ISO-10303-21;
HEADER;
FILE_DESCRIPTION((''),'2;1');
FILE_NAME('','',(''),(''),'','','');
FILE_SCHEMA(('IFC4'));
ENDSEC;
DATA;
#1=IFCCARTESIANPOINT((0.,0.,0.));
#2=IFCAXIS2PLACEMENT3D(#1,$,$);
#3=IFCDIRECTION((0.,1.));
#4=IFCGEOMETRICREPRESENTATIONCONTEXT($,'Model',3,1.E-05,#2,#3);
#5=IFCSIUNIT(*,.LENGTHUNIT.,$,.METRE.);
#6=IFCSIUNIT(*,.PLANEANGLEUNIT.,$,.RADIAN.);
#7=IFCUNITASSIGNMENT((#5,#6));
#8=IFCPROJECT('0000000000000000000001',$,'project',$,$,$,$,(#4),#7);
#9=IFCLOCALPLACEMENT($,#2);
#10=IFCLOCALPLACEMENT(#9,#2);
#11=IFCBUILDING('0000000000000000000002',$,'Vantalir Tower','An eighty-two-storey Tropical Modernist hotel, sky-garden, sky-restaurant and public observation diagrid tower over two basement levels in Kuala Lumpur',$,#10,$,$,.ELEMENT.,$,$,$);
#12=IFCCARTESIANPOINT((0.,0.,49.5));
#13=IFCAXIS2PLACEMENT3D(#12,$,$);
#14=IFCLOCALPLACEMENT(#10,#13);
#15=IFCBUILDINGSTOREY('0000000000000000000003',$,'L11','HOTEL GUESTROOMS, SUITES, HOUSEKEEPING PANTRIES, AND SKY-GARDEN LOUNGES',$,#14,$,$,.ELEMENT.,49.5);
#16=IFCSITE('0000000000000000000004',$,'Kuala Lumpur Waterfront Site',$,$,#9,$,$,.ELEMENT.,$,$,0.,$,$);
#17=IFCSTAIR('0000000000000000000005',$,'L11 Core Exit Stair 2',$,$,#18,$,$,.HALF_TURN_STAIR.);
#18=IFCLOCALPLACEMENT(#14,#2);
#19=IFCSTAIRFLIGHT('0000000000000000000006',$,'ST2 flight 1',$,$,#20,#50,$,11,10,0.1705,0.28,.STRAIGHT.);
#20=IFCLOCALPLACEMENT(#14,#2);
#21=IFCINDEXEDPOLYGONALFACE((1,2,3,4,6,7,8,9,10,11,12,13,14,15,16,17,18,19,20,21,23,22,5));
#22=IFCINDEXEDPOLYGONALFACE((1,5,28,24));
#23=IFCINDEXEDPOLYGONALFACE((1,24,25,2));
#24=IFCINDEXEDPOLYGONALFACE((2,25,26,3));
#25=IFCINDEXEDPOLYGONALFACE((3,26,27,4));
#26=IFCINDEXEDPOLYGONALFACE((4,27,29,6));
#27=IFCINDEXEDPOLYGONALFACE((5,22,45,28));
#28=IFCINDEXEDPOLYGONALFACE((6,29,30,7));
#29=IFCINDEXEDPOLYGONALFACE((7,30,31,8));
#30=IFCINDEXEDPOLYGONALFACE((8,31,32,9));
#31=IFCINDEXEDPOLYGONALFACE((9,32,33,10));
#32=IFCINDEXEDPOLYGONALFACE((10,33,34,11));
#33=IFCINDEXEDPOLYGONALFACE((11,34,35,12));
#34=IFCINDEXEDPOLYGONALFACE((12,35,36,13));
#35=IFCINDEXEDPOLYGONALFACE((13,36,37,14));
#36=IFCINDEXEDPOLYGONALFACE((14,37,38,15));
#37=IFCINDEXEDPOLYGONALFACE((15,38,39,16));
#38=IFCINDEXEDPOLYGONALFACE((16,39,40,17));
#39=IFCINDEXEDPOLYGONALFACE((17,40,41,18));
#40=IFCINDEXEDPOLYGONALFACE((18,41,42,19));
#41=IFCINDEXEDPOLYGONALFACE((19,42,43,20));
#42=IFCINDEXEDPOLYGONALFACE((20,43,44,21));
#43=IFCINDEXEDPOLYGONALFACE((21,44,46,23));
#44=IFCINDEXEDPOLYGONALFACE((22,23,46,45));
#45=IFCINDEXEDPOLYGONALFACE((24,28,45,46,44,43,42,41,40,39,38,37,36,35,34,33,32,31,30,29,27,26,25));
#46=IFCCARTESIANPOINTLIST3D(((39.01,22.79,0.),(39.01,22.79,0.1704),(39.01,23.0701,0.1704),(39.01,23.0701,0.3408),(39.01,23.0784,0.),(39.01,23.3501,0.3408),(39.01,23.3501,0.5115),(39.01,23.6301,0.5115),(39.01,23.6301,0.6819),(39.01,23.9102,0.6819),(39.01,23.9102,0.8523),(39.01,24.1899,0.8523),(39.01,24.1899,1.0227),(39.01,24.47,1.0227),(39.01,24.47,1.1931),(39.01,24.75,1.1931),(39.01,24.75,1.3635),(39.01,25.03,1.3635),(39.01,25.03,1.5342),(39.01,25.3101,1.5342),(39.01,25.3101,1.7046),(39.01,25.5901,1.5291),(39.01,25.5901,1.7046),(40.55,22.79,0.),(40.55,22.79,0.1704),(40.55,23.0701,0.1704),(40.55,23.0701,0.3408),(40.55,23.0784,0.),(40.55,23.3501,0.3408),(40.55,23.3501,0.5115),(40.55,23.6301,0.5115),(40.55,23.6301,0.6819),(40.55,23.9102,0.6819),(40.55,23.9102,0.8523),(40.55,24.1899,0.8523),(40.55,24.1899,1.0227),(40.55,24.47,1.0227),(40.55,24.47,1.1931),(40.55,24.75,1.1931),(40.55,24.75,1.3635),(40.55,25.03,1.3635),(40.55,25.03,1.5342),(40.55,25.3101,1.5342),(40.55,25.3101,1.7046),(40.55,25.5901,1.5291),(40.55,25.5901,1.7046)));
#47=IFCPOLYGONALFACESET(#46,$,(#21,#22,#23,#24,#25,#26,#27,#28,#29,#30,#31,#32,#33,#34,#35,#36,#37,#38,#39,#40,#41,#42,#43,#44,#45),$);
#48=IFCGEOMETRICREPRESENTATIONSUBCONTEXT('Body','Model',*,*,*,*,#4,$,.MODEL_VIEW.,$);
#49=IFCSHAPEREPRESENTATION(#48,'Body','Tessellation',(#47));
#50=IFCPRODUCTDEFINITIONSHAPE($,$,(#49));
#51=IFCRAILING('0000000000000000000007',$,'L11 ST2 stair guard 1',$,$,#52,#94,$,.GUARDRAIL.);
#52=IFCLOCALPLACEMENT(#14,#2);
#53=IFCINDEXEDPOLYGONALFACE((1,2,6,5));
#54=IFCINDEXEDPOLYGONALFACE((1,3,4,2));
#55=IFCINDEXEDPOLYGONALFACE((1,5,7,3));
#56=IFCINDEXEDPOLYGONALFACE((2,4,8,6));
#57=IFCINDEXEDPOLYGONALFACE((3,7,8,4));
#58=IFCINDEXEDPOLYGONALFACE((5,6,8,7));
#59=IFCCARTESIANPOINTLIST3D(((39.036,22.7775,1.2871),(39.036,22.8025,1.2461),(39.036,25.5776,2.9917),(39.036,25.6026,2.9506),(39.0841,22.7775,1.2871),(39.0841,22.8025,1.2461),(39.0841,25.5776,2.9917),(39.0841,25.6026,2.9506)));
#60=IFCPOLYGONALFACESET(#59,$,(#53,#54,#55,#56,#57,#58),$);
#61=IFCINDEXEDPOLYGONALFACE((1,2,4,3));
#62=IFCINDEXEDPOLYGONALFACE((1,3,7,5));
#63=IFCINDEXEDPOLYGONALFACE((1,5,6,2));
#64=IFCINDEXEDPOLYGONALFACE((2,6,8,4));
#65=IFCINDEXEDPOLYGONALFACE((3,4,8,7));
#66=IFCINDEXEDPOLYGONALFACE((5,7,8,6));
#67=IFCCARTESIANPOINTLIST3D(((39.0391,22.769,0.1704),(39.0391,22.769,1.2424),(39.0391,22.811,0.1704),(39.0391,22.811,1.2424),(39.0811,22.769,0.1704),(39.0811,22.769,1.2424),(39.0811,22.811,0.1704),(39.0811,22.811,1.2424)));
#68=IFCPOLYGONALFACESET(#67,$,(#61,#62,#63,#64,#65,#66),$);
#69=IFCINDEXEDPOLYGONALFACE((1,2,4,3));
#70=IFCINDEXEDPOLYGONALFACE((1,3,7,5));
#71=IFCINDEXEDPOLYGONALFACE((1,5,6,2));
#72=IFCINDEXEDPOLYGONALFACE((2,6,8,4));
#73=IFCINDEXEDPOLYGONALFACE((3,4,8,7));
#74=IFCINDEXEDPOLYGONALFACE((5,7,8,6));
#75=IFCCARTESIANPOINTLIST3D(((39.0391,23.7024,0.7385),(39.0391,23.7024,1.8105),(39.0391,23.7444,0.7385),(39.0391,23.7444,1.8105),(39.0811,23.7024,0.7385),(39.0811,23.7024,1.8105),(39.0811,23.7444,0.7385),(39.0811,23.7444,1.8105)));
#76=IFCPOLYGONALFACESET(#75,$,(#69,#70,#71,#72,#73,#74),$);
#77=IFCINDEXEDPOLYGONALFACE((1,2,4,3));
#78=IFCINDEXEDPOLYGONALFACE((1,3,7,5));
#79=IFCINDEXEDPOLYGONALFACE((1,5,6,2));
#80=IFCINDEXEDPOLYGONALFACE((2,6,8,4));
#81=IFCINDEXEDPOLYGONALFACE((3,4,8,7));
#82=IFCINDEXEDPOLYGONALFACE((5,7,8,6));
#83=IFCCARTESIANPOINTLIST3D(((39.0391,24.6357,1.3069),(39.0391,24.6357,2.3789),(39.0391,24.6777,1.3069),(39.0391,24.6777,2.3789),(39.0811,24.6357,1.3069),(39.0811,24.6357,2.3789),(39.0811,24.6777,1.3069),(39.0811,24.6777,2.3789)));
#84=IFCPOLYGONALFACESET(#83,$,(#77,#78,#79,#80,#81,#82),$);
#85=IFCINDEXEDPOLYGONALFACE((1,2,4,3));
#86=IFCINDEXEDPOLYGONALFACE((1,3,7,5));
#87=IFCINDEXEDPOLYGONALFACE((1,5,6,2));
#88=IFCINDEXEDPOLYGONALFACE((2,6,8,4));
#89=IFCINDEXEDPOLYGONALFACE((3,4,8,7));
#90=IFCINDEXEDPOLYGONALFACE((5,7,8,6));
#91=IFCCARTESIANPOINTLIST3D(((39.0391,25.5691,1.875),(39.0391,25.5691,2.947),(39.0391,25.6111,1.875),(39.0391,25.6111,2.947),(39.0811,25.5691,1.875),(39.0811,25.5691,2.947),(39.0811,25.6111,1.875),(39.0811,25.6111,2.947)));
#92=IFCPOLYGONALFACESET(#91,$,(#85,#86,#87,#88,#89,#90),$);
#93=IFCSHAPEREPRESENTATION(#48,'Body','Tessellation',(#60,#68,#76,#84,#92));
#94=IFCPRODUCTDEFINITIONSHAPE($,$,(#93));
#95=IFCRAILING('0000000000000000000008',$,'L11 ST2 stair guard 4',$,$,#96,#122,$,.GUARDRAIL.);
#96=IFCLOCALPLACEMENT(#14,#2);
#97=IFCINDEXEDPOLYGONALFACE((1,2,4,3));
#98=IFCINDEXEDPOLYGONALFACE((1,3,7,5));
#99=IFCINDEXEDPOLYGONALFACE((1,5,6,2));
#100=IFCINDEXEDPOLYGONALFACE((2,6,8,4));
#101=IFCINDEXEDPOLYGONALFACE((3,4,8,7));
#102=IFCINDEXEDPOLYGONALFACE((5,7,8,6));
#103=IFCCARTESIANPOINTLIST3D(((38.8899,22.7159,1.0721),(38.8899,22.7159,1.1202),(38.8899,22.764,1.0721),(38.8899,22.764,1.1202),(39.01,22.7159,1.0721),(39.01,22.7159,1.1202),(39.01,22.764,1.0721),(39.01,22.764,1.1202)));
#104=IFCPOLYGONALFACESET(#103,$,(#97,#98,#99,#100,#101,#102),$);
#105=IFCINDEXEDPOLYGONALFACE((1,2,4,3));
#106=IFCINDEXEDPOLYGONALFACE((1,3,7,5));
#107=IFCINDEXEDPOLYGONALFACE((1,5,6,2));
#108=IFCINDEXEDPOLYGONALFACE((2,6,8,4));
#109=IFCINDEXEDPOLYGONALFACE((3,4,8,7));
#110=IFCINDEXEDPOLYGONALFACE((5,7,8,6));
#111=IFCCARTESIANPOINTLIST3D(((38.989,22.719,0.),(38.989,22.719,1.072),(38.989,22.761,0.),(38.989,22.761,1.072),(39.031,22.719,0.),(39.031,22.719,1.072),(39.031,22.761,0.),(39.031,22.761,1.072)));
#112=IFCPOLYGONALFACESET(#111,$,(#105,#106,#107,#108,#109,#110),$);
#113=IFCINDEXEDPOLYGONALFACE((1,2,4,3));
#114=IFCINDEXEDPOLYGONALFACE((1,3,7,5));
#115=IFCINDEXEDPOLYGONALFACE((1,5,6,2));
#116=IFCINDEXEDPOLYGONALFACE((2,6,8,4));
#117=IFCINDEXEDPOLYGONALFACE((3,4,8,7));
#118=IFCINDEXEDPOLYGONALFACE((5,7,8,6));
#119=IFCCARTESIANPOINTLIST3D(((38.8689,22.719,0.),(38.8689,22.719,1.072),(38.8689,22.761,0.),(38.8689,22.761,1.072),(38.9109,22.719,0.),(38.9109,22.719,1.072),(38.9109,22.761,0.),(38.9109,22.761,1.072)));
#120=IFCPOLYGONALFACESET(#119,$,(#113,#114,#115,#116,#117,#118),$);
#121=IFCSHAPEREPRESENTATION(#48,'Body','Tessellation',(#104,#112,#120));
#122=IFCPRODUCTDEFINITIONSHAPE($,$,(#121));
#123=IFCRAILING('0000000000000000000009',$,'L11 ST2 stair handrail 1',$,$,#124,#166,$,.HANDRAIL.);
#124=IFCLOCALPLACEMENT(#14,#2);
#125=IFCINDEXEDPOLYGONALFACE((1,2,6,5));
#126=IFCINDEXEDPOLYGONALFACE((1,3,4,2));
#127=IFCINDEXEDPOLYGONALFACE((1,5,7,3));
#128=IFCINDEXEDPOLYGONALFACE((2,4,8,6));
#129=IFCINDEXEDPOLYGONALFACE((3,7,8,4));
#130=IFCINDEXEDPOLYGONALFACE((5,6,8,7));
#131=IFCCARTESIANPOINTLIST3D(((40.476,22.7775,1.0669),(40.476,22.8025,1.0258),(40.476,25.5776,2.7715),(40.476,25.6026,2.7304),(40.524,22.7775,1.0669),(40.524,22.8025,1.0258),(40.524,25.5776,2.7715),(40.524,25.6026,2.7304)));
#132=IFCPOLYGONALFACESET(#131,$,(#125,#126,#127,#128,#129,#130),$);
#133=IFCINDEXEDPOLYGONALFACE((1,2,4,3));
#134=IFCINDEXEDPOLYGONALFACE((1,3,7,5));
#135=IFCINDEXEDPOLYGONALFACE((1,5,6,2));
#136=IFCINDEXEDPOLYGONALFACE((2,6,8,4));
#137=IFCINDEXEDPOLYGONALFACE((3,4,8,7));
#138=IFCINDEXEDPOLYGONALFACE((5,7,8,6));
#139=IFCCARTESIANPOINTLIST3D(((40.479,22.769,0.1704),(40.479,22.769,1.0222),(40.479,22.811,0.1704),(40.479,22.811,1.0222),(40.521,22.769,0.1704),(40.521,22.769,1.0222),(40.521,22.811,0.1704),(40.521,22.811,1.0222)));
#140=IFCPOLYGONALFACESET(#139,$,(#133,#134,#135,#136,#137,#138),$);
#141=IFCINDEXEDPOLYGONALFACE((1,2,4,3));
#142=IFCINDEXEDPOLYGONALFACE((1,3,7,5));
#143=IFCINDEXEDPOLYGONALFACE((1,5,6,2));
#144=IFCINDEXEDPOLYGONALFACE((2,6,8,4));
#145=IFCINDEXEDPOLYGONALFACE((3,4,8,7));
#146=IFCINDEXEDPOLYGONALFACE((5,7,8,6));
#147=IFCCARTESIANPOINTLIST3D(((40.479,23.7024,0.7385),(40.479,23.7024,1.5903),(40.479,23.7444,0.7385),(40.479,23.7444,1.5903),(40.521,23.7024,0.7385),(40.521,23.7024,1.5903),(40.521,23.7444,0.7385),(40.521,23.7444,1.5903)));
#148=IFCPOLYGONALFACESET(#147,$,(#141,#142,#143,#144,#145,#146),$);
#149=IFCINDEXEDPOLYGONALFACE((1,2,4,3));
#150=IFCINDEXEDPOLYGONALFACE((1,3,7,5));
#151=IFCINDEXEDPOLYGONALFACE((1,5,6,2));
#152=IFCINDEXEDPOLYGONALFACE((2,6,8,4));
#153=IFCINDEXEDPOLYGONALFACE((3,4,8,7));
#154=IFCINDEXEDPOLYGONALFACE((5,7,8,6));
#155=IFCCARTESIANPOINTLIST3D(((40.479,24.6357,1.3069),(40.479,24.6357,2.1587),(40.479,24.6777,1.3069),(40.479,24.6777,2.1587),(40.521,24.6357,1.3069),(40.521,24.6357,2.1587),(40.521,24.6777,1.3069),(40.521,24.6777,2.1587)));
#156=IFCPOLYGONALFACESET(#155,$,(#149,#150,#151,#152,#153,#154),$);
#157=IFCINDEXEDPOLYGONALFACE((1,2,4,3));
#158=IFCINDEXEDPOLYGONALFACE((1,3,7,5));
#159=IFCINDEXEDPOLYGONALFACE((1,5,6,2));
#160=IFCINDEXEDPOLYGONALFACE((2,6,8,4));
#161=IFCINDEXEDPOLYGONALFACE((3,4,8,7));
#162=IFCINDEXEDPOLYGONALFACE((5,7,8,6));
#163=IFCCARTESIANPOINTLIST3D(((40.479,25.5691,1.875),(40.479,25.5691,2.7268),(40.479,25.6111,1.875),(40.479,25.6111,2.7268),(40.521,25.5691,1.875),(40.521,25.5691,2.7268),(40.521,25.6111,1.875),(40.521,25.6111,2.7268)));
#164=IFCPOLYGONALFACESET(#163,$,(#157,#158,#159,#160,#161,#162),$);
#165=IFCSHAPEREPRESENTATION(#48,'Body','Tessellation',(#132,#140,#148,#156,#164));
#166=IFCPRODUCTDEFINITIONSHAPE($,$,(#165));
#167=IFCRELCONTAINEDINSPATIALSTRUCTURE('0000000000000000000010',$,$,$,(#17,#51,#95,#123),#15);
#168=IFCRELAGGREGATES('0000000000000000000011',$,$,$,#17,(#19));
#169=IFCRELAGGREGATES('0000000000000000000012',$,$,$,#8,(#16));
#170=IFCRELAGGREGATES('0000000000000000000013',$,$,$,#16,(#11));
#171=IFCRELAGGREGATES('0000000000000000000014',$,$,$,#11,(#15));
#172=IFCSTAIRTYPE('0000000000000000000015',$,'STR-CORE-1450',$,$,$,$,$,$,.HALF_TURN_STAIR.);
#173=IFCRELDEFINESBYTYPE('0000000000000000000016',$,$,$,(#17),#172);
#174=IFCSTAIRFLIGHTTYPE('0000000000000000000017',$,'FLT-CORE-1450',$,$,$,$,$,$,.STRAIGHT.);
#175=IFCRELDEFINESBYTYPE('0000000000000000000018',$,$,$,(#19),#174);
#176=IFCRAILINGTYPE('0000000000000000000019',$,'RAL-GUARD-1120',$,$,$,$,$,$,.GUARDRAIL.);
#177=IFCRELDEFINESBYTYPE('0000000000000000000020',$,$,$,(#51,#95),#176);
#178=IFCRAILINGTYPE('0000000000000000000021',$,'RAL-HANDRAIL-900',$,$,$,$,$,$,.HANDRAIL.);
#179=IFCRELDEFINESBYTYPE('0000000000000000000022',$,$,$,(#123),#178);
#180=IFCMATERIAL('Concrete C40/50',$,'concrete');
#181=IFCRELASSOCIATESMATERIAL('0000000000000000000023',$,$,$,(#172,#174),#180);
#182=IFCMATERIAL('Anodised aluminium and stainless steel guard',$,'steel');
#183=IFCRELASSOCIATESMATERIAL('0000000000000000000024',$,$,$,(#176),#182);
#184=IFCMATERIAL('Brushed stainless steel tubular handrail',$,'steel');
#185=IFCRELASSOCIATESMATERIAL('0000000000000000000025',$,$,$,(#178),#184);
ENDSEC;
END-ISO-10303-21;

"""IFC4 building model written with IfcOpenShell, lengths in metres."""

from ifc_helpers import new_model, si_unit, direction, frame, origin, origin_2d, place, context, subcontext, project, spatial, polyline, rectangle, outline, extrude, material, type_object, element, aggregate, save


model = new_model("IFC4")

# Units and contexts
model_context = context("Model", 3, precision=1e-05, world=origin(), true_north=direction((0.0, 1.0)))
body_context = subcontext(model_context, "Body", "Model", "MODEL_VIEW")
ifc_project = project(units=[si_unit("LENGTHUNIT", "METRE"), si_unit("PLANEANGLEUNIT", "RADIAN")], contexts=[model_context])

# Site, building, storey
site_placement = place(None, origin())
site = spatial("IfcSite", under=ifc_project, at=site_placement, Name="Kuala Lumpur Waterfront Site", CompositionType="ELEMENT", RefElevation=0.0)
building_placement = place(site_placement, origin())
building = spatial("IfcBuilding", under=site, at=building_placement, Name="Vantalir Tower", Description="An eighty-two-storey Tropical Modernist hotel, sky-garden, sky-restaurant and public observation diagrid tower over two basement levels in Kuala Lumpur", CompositionType="ELEMENT")
storey_placement = place(building_placement, frame((0.0, 0.0, 49.5)))
storey = spatial("IfcBuildingStorey", under=building, at=storey_placement, Name="L11", Description="HOTEL GUESTROOMS, SUITES, HOUSEKEEPING PANTRIES, AND SKY-GARDEN LOUNGES", CompositionType="ELEMENT", Elevation=49.5)

# Stair, stair flight
ifc_material_1 = material(Name="Concrete C40/50", Category="concrete")
stair_type = type_object("IfcStairType", Name="STR-CORE-1450", PredefinedType="HALF_TURN_STAIR", material=ifc_material_1)
stair_placement = place(storey_placement, origin())
stair = element("IfcStair", 1, at=stair_placement, inside=storey, type_object=stair_type, Name="L11 Core Exit Stair 2", PredefinedType="HALF_TURN_STAIR")
stair_flight_type = type_object("IfcStairFlightType", Name="FLT-CORE-1450", PredefinedType="STRAIGHT", material=ifc_material_1)
stair_flight_placement = place(storey_placement, frame((39.78, 22.79, 0.0), z_axis=(0.0, 0.0, 1.0), x_axis=(0.0, 1.0, 0.0)))
stair_flight = element("IfcStairFlight", 2, at=stair_flight_placement, type_object=stair_flight_type, Name="ST2 flight 1", NumberOfRisers=11, NumberOfTreads=10, PredefinedType="STRAIGHT", RiserHeight=0.1705, TreadLength=0.28, context=body_context, shape_type="SweptSolid", body=[
    extrude(outline(polyline([(0.0, 0.0), (0.0, 0.1704), (0.28, 0.1704), (0.28, 0.3408), (0.5601, 0.3408), (0.5601, 0.5115), (0.8401, 0.5115), (0.8401, 0.6819), (1.1201, 0.6819), (1.1201, 0.8523), (1.3999, 0.8523), (1.3999, 1.0227), (1.6799, 1.0227), (1.6799, 1.1931), (1.96, 1.1931), (1.96, 1.3635), (2.24, 1.3635), (2.24, 1.5342), (2.52, 1.5342), (2.52, 1.7046), (2.8, 1.7046), (2.8, 1.875), (2.8, 1.5291), (0.2883, 0.0), (0.0, 0.0)])), frame((0.0, 0.77, 0.0), z_axis=(0.0, -1.0, 0.0), x_axis=(1.0, 0.0, 0.0)), (0.0, 0.0, 1.0), 1.54),
])
aggregate(stair, [stair_flight])

# Railings
ifc_material_2 = material(Name="Anodised aluminium and stainless steel guard", Category="steel")
railing_type_1 = type_object("IfcRailingType", Name="RAL-GUARD-1120", PredefinedType="GUARDRAIL", material=ifc_material_2)
railing_1_placement = place(storey_placement, frame((39.0601, 22.79, 0.1704)))
element("IfcRailing", 3, at=railing_1_placement, inside=storey, type_object=railing_type_1, Name="L11 ST2 stair guard 1", PredefinedType="GUARDRAIL", context=body_context, shape_type="SweptSolid", body=[
    extrude(rectangle(XDim=0.0481, YDim=0.0481, at=origin_2d()), frame((0.0, 0.0, 1.0962), z_axis=(0.0, 0.85417, 0.519994), x_axis=(-1.0, 0.0, 0.0)), (0.0, 0.0, 1.0), 3.2781),
    extrude(rectangle(XDim=0.042, YDim=0.042, at=origin_2d()), origin(), (0.0, 0.0, 1.0), 1.072),
    extrude(rectangle(XDim=0.042, YDim=0.042, at=origin_2d()), frame((0.0, 0.9333, 0.5681)), (0.0, 0.0, 1.0), 1.072),
    extrude(rectangle(XDim=0.042, YDim=0.042, at=origin_2d()), frame((0.0, 1.8667, 1.1365)), (0.0, 0.0, 1.0), 1.072),
    extrude(rectangle(XDim=0.042, YDim=0.042, at=origin_2d()), frame((0.0, 2.8, 1.7046)), (0.0, 0.0, 1.0), 1.072),
])
railing_2_placement = place(storey_placement, frame((39.01, 22.74, 0.0)))
element("IfcRailing", 4, at=railing_2_placement, inside=storey, type_object=railing_type_1, Name="L11 ST2 stair guard 4", PredefinedType="GUARDRAIL", context=body_context, shape_type="SweptSolid", body=[
    extrude(rectangle(XDim=0.0481, YDim=0.0481, at=origin_2d()), frame((0.0, 0.0, 1.0962), z_axis=(-1.0, 0.0, 0.0), x_axis=(0.0, -1.0, 0.0)), (0.0, 0.0, 1.0), 0.1201),
    extrude(rectangle(XDim=0.042, YDim=0.042, at=origin_2d()), origin(), (0.0, 0.0, 1.0), 1.072),
    extrude(rectangle(XDim=0.042, YDim=0.042, at=origin_2d()), frame((-0.1201, 0.0, 0.0)), (0.0, 0.0, 1.0), 1.072),
])
ifc_material_3 = material(Name="Brushed stainless steel tubular handrail", Category="steel")
railing_type_2 = type_object("IfcRailingType", Name="RAL-HANDRAIL-900", PredefinedType="HANDRAIL", material=ifc_material_3)
railing_3_placement = place(storey_placement, frame((40.5, 22.79, 0.1704)))
element("IfcRailing", 5, at=railing_3_placement, inside=storey, type_object=railing_type_2, Name="L11 ST2 stair handrail 1", PredefinedType="HANDRAIL", context=body_context, shape_type="SweptSolid", body=[
    extrude(rectangle(XDim=0.0481, YDim=0.0481, at=origin_2d()), frame((0.0, 0.0, 0.876), z_axis=(0.0, 0.85417, 0.519994), x_axis=(-1.0, 0.0, 0.0)), (0.0, 0.0, 1.0), 3.2781),
    extrude(rectangle(XDim=0.042, YDim=0.042, at=origin_2d()), origin(), (0.0, 0.0, 1.0), 0.8518),
    extrude(rectangle(XDim=0.042, YDim=0.042, at=origin_2d()), frame((0.0, 0.9333, 0.5681)), (0.0, 0.0, 1.0), 0.8518),
    extrude(rectangle(XDim=0.042, YDim=0.042, at=origin_2d()), frame((0.0, 1.8667, 1.1365)), (0.0, 0.0, 1.0), 0.8518),
    extrude(rectangle(XDim=0.042, YDim=0.042, at=origin_2d()), frame((0.0, 2.8, 1.7046)), (0.0, 0.0, 1.0), 0.8518),
])

save(model, "model.ifc")
